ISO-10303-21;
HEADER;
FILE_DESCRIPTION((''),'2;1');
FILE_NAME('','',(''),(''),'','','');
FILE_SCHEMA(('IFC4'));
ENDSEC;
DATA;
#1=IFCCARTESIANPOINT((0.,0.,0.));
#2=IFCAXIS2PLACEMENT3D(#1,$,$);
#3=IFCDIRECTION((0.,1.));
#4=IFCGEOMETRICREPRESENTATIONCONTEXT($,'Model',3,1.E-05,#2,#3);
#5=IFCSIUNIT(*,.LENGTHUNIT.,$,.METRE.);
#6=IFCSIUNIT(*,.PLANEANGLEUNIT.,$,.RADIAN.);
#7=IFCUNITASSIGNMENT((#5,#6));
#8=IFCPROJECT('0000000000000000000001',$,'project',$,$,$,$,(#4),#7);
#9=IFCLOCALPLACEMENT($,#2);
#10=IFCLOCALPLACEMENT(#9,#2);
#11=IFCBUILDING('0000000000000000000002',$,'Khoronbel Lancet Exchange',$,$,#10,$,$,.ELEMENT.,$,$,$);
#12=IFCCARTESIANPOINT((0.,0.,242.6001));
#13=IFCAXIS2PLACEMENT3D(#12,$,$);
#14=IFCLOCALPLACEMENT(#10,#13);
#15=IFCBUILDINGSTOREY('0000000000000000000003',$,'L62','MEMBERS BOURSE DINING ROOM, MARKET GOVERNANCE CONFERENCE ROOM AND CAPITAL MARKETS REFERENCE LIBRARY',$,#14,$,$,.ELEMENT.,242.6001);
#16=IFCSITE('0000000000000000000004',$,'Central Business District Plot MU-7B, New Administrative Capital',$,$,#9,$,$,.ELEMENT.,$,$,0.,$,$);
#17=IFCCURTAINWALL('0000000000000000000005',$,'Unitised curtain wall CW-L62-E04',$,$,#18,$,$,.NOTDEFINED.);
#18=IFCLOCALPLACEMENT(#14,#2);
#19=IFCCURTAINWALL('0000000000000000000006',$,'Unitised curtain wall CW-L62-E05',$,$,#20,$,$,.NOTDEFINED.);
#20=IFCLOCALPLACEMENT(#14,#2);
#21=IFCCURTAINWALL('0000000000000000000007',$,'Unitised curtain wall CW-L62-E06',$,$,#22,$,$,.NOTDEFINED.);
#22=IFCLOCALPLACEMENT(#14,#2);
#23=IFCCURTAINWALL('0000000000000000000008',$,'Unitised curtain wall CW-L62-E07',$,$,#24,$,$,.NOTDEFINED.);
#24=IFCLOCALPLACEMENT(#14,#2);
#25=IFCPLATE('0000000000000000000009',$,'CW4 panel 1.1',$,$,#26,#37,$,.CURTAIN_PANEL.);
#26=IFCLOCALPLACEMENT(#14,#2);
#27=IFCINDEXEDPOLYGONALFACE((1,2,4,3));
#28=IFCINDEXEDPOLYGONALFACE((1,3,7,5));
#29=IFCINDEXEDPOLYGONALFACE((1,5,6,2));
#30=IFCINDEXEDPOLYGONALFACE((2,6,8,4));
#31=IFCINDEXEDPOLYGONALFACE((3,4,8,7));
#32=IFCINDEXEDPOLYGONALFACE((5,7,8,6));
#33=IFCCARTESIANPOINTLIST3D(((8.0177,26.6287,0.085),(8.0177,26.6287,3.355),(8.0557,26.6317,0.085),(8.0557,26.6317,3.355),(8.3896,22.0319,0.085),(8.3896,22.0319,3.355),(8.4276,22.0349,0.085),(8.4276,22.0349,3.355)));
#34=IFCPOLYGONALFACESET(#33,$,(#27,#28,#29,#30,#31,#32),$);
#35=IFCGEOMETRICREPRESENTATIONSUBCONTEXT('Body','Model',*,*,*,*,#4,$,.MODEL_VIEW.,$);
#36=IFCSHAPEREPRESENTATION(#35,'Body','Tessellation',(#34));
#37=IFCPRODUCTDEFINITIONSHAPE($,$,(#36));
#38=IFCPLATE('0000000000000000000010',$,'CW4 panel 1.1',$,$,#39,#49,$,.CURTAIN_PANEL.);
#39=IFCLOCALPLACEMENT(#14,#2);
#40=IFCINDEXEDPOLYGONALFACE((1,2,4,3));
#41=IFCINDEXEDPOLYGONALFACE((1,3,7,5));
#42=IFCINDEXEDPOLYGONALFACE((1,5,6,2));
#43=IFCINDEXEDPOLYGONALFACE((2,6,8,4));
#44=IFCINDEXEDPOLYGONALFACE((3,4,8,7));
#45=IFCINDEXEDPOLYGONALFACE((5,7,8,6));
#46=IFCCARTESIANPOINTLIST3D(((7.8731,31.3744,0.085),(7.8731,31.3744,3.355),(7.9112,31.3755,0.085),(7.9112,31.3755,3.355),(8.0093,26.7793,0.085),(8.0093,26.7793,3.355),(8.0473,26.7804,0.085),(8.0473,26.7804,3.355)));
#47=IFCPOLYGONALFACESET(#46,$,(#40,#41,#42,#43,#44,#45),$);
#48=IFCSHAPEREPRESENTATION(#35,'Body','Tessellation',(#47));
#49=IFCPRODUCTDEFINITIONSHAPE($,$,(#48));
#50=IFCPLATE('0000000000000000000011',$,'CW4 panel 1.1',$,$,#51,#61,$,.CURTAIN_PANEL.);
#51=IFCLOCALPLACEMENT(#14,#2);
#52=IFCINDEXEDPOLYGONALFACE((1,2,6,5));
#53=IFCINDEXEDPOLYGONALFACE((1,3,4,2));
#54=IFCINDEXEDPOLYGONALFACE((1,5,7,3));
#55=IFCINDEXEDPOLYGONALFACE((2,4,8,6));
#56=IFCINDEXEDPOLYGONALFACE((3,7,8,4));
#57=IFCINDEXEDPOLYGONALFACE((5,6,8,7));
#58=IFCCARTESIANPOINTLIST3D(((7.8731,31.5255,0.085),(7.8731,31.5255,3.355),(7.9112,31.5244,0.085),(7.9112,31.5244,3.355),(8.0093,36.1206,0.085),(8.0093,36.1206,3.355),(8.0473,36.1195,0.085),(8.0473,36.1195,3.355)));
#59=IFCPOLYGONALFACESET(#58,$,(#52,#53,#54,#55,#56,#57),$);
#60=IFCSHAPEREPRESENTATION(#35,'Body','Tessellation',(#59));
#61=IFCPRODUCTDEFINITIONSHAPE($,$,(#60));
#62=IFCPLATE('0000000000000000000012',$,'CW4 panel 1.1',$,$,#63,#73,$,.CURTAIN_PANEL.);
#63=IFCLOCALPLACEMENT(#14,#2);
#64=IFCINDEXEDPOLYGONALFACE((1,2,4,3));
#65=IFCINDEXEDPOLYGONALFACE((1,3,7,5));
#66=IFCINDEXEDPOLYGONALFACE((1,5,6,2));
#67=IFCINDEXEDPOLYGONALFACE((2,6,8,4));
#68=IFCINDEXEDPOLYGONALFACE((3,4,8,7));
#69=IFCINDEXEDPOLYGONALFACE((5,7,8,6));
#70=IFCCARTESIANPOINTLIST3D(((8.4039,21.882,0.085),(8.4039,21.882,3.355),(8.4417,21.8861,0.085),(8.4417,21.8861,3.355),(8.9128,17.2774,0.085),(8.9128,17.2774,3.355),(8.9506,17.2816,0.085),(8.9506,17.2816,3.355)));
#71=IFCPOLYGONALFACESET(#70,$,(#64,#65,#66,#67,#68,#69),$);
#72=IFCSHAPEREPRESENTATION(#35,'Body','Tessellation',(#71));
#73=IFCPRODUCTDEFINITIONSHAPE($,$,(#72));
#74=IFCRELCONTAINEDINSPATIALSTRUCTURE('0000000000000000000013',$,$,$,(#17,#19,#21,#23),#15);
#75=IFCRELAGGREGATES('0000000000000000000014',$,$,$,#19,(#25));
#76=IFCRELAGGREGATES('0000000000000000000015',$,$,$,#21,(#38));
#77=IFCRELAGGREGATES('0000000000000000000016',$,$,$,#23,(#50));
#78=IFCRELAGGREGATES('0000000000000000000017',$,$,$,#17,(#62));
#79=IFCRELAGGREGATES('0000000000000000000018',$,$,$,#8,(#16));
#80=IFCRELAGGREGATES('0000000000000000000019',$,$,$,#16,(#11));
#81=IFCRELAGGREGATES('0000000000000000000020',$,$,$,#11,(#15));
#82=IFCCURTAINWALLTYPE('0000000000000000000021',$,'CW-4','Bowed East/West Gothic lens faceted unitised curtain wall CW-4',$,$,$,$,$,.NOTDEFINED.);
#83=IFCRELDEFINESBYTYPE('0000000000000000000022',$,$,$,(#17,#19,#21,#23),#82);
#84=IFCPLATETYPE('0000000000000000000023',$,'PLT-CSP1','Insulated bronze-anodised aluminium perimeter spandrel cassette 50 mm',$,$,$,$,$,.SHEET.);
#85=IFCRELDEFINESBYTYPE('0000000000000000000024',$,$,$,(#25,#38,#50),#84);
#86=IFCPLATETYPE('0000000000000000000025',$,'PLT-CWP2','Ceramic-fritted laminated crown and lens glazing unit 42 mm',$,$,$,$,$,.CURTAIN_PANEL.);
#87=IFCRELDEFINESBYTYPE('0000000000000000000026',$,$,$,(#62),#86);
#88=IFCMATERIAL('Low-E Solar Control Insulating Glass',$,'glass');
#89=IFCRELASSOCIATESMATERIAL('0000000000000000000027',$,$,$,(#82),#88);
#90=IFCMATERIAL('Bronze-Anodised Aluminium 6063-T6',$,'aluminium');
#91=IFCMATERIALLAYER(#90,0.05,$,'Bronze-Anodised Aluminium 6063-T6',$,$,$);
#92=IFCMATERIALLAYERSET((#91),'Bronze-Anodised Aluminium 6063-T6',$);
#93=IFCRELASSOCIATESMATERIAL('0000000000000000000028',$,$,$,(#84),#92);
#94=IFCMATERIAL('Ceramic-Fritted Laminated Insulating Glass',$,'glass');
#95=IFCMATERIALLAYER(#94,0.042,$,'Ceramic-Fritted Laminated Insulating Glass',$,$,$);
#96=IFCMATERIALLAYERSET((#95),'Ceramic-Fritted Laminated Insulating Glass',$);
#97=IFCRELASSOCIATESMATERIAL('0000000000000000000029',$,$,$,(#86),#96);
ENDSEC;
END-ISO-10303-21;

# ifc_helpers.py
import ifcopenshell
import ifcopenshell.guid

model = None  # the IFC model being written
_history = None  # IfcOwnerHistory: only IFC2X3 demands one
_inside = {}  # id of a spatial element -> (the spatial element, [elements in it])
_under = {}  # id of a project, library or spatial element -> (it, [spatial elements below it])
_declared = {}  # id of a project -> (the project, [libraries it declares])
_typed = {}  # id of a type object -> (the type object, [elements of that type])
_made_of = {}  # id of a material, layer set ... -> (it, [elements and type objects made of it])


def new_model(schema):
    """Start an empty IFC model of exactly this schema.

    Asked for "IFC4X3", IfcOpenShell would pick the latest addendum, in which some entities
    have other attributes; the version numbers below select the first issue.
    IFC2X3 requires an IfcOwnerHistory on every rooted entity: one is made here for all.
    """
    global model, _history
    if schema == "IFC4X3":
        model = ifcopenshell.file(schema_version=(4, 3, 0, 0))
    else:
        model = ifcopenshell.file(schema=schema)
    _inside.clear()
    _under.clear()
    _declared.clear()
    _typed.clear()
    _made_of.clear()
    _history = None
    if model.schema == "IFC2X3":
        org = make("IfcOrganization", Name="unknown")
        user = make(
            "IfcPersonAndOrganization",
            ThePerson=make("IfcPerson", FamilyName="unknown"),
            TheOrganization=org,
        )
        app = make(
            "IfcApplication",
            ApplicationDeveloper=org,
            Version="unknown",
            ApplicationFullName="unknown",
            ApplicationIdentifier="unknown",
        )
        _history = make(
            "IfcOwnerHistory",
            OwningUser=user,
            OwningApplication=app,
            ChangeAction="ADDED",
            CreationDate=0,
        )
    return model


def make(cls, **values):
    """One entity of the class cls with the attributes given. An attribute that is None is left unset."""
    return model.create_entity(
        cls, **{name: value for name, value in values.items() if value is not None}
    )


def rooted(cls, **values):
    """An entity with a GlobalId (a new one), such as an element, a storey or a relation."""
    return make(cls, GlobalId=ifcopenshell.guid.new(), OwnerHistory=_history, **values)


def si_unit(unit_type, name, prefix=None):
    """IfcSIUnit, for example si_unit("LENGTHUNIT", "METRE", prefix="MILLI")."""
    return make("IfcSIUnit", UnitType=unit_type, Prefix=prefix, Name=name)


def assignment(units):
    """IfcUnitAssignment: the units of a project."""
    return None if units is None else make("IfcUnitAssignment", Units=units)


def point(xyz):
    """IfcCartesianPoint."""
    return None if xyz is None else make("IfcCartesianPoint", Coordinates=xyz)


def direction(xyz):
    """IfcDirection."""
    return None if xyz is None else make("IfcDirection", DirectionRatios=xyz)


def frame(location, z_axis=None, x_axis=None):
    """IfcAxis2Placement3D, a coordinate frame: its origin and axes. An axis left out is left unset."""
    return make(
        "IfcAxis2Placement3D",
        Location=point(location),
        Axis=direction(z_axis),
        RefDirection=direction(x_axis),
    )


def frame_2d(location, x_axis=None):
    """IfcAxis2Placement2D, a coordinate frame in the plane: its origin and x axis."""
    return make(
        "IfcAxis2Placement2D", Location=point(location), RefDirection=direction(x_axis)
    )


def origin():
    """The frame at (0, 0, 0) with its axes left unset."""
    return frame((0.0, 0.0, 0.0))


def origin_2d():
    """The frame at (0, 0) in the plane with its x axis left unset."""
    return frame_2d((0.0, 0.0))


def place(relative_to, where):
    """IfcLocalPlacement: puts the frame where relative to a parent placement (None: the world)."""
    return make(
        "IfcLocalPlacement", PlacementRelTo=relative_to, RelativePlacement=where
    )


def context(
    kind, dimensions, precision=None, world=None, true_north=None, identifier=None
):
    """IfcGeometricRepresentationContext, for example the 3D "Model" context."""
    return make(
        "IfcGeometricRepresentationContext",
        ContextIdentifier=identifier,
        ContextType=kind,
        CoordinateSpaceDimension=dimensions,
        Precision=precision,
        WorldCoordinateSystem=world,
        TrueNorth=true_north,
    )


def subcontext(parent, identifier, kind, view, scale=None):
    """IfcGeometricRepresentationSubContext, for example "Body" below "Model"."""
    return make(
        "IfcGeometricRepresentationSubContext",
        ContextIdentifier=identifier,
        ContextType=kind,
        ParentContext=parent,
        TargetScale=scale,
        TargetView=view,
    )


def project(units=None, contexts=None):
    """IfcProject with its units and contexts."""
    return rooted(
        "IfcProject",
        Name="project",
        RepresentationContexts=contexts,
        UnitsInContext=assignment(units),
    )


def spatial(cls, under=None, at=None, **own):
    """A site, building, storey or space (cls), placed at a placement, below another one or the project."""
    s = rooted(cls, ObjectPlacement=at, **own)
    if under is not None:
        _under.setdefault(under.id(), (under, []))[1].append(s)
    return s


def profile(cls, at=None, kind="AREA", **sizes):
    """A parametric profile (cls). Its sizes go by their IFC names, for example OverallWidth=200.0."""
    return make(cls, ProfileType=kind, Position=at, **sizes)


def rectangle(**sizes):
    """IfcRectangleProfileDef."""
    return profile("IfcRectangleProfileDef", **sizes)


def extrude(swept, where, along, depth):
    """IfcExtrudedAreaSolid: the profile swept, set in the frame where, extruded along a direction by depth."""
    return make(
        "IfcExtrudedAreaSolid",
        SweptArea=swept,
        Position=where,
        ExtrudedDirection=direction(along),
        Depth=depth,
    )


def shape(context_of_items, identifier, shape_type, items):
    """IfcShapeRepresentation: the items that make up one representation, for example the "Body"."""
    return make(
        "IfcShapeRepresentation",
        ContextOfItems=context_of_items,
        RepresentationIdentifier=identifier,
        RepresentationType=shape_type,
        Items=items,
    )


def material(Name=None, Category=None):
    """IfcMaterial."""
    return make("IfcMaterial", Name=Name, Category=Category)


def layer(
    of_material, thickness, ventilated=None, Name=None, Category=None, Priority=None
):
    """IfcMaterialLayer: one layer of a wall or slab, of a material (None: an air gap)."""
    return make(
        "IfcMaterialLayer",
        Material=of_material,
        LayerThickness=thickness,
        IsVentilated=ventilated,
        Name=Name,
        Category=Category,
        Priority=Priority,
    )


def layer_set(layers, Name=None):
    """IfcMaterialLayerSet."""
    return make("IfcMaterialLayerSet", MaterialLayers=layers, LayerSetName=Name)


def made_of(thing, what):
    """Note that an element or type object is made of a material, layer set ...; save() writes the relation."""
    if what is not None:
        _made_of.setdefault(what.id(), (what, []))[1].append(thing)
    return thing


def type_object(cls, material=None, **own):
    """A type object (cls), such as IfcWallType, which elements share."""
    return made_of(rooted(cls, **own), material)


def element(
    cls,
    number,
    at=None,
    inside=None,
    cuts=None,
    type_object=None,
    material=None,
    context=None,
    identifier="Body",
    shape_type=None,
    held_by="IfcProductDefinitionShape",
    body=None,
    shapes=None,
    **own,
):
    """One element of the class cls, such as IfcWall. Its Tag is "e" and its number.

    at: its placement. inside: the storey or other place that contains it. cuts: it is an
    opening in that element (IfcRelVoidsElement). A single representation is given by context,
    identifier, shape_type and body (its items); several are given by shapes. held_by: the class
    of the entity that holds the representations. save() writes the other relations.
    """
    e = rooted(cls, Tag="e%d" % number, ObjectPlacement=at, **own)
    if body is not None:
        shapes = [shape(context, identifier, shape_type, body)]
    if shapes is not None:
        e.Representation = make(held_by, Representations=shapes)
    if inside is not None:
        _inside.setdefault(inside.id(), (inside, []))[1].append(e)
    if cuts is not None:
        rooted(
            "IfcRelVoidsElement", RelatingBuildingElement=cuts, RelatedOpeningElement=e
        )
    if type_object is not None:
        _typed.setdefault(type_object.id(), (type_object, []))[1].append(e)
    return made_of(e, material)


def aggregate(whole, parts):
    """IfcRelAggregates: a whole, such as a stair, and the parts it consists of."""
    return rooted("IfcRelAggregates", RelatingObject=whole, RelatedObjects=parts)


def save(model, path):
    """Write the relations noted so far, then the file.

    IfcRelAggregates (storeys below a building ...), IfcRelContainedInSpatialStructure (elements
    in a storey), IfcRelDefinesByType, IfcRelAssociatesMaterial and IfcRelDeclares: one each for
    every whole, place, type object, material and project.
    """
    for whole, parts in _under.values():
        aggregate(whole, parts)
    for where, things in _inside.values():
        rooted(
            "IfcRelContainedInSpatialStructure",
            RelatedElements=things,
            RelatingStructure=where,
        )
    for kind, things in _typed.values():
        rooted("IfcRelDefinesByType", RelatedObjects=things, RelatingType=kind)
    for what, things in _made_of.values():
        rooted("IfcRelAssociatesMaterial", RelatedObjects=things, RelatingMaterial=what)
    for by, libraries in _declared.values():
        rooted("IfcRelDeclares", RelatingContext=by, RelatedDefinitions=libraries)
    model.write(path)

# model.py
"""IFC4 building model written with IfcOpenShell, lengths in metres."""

from ifc_helpers import new_model, si_unit, direction, frame, origin, origin_2d, place, context, subcontext, project, spatial, rectangle, extrude, material, layer, layer_set, type_object, element, aggregate, save


model = new_model("IFC4")

# Units and contexts
model_context = context("Model", 3, precision=1e-05, world=origin(), true_north=direction((0.0, 1.0)))
body_context = subcontext(model_context, "Body", "Model", "MODEL_VIEW")
ifc_project = project(units=[si_unit("LENGTHUNIT", "METRE"), si_unit("PLANEANGLEUNIT", "RADIAN")], contexts=[model_context])

# Site, building, storey
site_placement = place(None, origin())
site = spatial("IfcSite", under=ifc_project, at=site_placement, Name="Central Business District Plot MU-7B, New Administrative Capital", CompositionType="ELEMENT", RefElevation=0.0)
building_placement = place(site_placement, origin())
building = spatial("IfcBuilding", under=site, at=building_placement, Name="Khoronbel Lancet Exchange", CompositionType="ELEMENT")
storey_placement = place(building_placement, frame((0.0, 0.0, 242.6001)))
storey = spatial("IfcBuildingStorey", under=building, at=storey_placement, Name="L62", Description="MEMBERS BOURSE DINING ROOM, MARKET GOVERNANCE CONFERENCE ROOM AND CAPITAL MARKETS REFERENCE LIBRARY", CompositionType="ELEMENT", Elevation=242.6001)

# Curtain walls
ifc_material_1 = material(Name="Low-E Solar Control Insulating Glass", Category="glass")
curtain_wall_type = type_object("IfcCurtainWallType", Name="CW-4", Description="Bowed East/West Gothic lens faceted unitised curtain wall CW-4", PredefinedType="NOTDEFINED", material=ifc_material_1)
curtain_wall_1_placement = place(storey_placement, origin())
curtain_wall_1 = element("IfcCurtainWall", 1, at=curtain_wall_1_placement, inside=storey, type_object=curtain_wall_type, Name="Unitised curtain wall CW-L62-E04", PredefinedType="NOTDEFINED")
ifc_material_2 = material(Name="Bronze-Anodised Aluminium 6063-T6", Category="aluminium")
curtain_wall_2_placement = place(storey_placement, origin())
curtain_wall_2 = element("IfcCurtainWall", 2, at=curtain_wall_2_placement, inside=storey, type_object=curtain_wall_type, Name="Unitised curtain wall CW-L62-E05", PredefinedType="NOTDEFINED")
curtain_wall_3_placement = place(storey_placement, origin())
curtain_wall_3 = element("IfcCurtainWall", 3, at=curtain_wall_3_placement, inside=storey, type_object=curtain_wall_type, Name="Unitised curtain wall CW-L62-E06", PredefinedType="NOTDEFINED")

# Curtain wall
curtain_wall_4_placement = place(storey_placement, origin())
curtain_wall_4 = element("IfcCurtainWall", 4, at=curtain_wall_4_placement, inside=storey, type_object=curtain_wall_type, Name="Unitised curtain wall CW-L62-E07", PredefinedType="NOTDEFINED")

# Plates
ifc_layer_1 = layer(ifc_material_2, 0.05, Name="Bronze-Anodised Aluminium 6063-T6")
ifc_layer_set_1 = layer_set([ifc_layer_1], Name="Bronze-Anodised Aluminium 6063-T6")
plate_type_1 = type_object("IfcPlateType", Name="PLT-CSP1", Description="Insulated bronze-anodised aluminium perimeter spandrel cassette 50 mm", PredefinedType="SHEET", material=ifc_layer_set_1)
plate_1_placement = place(storey_placement, frame((8.2227, 24.3318, 0.085), z_axis=(0.0, 0.0, 1.0), x_axis=(-0.08064, 0.996743, 0.0)))
plate_1 = element("IfcPlate", 5, at=plate_1_placement, type_object=plate_type_1, Name="CW4 panel 1.1", PredefinedType="CURTAIN_PANEL", context=body_context, shape_type="SweptSolid", body=[
    extrude(rectangle(XDim=4.6118, YDim=0.0381, at=origin_2d()), origin(), (0.0, 0.0, 1.0), 3.27),
])
aggregate(curtain_wall_2, [plate_1])
plate_2_placement = place(storey_placement, frame((7.9602, 29.0774, 0.085), z_axis=(0.0, 0.0, 1.0), x_axis=(-0.029618, 0.999561, 0.0)))
plate_2 = element("IfcPlate", 6, at=plate_2_placement, type_object=plate_type_1, Name="CW4 panel 1.1", PredefinedType="CURTAIN_PANEL", context=body_context, shape_type="SweptSolid", body=[
    extrude(rectangle(XDim=4.5972, YDim=0.0381, at=origin_2d()), origin(), (0.0, 0.0, 1.0), 3.27),
])
aggregate(curtain_wall_3, [plate_2])
plate_3_placement = place(storey_placement, frame((7.9602, 33.8225, 0.085), z_axis=(0.0, 0.0, 1.0), x_axis=(0.029618, 0.999561, 0.0)))
plate_3 = element("IfcPlate", 7, at=plate_3_placement, type_object=plate_type_1, Name="CW4 panel 1.1", PredefinedType="CURTAIN_PANEL", context=body_context, shape_type="SweptSolid", body=[
    extrude(rectangle(XDim=4.5972, YDim=0.0381, at=origin_2d()), origin(), (0.0, 0.0, 1.0), 3.27),
])
aggregate(curtain_wall_4, [plate_3])
ifc_material_3 = material(Name="Ceramic-Fritted Laminated Insulating Glass", Category="glass")
ifc_layer_2 = layer(ifc_material_3, 0.042, Name="Ceramic-Fritted Laminated Insulating Glass")
ifc_layer_set_2 = layer_set([ifc_layer_2], Name="Ceramic-Fritted Laminated Insulating Glass")
plate_type_2 = type_object("IfcPlateType", Name="PLT-CWP2", Description="Ceramic-fritted laminated crown and lens glazing unit 42 mm", PredefinedType="CURTAIN_PANEL", material=ifc_layer_set_2)
plate_4_placement = place(storey_placement, frame((8.6772, 19.5818, 0.085), z_axis=(0.0, 0.0, 1.0), x_axis=(-0.109858, 0.993947, 0.0)))
plate_4 = element("IfcPlate", 8, at=plate_4_placement, type_object=plate_type_2, Name="CW4 panel 1.1", PredefinedType="CURTAIN_PANEL", context=body_context, shape_type="SweptSolid", body=[
    extrude(rectangle(XDim=4.6326, YDim=0.0381, at=origin_2d()), origin(), (0.0, 0.0, 1.0), 3.27),
])
aggregate(curtain_wall_1, [plate_4])

save(model, "model.ifc")
